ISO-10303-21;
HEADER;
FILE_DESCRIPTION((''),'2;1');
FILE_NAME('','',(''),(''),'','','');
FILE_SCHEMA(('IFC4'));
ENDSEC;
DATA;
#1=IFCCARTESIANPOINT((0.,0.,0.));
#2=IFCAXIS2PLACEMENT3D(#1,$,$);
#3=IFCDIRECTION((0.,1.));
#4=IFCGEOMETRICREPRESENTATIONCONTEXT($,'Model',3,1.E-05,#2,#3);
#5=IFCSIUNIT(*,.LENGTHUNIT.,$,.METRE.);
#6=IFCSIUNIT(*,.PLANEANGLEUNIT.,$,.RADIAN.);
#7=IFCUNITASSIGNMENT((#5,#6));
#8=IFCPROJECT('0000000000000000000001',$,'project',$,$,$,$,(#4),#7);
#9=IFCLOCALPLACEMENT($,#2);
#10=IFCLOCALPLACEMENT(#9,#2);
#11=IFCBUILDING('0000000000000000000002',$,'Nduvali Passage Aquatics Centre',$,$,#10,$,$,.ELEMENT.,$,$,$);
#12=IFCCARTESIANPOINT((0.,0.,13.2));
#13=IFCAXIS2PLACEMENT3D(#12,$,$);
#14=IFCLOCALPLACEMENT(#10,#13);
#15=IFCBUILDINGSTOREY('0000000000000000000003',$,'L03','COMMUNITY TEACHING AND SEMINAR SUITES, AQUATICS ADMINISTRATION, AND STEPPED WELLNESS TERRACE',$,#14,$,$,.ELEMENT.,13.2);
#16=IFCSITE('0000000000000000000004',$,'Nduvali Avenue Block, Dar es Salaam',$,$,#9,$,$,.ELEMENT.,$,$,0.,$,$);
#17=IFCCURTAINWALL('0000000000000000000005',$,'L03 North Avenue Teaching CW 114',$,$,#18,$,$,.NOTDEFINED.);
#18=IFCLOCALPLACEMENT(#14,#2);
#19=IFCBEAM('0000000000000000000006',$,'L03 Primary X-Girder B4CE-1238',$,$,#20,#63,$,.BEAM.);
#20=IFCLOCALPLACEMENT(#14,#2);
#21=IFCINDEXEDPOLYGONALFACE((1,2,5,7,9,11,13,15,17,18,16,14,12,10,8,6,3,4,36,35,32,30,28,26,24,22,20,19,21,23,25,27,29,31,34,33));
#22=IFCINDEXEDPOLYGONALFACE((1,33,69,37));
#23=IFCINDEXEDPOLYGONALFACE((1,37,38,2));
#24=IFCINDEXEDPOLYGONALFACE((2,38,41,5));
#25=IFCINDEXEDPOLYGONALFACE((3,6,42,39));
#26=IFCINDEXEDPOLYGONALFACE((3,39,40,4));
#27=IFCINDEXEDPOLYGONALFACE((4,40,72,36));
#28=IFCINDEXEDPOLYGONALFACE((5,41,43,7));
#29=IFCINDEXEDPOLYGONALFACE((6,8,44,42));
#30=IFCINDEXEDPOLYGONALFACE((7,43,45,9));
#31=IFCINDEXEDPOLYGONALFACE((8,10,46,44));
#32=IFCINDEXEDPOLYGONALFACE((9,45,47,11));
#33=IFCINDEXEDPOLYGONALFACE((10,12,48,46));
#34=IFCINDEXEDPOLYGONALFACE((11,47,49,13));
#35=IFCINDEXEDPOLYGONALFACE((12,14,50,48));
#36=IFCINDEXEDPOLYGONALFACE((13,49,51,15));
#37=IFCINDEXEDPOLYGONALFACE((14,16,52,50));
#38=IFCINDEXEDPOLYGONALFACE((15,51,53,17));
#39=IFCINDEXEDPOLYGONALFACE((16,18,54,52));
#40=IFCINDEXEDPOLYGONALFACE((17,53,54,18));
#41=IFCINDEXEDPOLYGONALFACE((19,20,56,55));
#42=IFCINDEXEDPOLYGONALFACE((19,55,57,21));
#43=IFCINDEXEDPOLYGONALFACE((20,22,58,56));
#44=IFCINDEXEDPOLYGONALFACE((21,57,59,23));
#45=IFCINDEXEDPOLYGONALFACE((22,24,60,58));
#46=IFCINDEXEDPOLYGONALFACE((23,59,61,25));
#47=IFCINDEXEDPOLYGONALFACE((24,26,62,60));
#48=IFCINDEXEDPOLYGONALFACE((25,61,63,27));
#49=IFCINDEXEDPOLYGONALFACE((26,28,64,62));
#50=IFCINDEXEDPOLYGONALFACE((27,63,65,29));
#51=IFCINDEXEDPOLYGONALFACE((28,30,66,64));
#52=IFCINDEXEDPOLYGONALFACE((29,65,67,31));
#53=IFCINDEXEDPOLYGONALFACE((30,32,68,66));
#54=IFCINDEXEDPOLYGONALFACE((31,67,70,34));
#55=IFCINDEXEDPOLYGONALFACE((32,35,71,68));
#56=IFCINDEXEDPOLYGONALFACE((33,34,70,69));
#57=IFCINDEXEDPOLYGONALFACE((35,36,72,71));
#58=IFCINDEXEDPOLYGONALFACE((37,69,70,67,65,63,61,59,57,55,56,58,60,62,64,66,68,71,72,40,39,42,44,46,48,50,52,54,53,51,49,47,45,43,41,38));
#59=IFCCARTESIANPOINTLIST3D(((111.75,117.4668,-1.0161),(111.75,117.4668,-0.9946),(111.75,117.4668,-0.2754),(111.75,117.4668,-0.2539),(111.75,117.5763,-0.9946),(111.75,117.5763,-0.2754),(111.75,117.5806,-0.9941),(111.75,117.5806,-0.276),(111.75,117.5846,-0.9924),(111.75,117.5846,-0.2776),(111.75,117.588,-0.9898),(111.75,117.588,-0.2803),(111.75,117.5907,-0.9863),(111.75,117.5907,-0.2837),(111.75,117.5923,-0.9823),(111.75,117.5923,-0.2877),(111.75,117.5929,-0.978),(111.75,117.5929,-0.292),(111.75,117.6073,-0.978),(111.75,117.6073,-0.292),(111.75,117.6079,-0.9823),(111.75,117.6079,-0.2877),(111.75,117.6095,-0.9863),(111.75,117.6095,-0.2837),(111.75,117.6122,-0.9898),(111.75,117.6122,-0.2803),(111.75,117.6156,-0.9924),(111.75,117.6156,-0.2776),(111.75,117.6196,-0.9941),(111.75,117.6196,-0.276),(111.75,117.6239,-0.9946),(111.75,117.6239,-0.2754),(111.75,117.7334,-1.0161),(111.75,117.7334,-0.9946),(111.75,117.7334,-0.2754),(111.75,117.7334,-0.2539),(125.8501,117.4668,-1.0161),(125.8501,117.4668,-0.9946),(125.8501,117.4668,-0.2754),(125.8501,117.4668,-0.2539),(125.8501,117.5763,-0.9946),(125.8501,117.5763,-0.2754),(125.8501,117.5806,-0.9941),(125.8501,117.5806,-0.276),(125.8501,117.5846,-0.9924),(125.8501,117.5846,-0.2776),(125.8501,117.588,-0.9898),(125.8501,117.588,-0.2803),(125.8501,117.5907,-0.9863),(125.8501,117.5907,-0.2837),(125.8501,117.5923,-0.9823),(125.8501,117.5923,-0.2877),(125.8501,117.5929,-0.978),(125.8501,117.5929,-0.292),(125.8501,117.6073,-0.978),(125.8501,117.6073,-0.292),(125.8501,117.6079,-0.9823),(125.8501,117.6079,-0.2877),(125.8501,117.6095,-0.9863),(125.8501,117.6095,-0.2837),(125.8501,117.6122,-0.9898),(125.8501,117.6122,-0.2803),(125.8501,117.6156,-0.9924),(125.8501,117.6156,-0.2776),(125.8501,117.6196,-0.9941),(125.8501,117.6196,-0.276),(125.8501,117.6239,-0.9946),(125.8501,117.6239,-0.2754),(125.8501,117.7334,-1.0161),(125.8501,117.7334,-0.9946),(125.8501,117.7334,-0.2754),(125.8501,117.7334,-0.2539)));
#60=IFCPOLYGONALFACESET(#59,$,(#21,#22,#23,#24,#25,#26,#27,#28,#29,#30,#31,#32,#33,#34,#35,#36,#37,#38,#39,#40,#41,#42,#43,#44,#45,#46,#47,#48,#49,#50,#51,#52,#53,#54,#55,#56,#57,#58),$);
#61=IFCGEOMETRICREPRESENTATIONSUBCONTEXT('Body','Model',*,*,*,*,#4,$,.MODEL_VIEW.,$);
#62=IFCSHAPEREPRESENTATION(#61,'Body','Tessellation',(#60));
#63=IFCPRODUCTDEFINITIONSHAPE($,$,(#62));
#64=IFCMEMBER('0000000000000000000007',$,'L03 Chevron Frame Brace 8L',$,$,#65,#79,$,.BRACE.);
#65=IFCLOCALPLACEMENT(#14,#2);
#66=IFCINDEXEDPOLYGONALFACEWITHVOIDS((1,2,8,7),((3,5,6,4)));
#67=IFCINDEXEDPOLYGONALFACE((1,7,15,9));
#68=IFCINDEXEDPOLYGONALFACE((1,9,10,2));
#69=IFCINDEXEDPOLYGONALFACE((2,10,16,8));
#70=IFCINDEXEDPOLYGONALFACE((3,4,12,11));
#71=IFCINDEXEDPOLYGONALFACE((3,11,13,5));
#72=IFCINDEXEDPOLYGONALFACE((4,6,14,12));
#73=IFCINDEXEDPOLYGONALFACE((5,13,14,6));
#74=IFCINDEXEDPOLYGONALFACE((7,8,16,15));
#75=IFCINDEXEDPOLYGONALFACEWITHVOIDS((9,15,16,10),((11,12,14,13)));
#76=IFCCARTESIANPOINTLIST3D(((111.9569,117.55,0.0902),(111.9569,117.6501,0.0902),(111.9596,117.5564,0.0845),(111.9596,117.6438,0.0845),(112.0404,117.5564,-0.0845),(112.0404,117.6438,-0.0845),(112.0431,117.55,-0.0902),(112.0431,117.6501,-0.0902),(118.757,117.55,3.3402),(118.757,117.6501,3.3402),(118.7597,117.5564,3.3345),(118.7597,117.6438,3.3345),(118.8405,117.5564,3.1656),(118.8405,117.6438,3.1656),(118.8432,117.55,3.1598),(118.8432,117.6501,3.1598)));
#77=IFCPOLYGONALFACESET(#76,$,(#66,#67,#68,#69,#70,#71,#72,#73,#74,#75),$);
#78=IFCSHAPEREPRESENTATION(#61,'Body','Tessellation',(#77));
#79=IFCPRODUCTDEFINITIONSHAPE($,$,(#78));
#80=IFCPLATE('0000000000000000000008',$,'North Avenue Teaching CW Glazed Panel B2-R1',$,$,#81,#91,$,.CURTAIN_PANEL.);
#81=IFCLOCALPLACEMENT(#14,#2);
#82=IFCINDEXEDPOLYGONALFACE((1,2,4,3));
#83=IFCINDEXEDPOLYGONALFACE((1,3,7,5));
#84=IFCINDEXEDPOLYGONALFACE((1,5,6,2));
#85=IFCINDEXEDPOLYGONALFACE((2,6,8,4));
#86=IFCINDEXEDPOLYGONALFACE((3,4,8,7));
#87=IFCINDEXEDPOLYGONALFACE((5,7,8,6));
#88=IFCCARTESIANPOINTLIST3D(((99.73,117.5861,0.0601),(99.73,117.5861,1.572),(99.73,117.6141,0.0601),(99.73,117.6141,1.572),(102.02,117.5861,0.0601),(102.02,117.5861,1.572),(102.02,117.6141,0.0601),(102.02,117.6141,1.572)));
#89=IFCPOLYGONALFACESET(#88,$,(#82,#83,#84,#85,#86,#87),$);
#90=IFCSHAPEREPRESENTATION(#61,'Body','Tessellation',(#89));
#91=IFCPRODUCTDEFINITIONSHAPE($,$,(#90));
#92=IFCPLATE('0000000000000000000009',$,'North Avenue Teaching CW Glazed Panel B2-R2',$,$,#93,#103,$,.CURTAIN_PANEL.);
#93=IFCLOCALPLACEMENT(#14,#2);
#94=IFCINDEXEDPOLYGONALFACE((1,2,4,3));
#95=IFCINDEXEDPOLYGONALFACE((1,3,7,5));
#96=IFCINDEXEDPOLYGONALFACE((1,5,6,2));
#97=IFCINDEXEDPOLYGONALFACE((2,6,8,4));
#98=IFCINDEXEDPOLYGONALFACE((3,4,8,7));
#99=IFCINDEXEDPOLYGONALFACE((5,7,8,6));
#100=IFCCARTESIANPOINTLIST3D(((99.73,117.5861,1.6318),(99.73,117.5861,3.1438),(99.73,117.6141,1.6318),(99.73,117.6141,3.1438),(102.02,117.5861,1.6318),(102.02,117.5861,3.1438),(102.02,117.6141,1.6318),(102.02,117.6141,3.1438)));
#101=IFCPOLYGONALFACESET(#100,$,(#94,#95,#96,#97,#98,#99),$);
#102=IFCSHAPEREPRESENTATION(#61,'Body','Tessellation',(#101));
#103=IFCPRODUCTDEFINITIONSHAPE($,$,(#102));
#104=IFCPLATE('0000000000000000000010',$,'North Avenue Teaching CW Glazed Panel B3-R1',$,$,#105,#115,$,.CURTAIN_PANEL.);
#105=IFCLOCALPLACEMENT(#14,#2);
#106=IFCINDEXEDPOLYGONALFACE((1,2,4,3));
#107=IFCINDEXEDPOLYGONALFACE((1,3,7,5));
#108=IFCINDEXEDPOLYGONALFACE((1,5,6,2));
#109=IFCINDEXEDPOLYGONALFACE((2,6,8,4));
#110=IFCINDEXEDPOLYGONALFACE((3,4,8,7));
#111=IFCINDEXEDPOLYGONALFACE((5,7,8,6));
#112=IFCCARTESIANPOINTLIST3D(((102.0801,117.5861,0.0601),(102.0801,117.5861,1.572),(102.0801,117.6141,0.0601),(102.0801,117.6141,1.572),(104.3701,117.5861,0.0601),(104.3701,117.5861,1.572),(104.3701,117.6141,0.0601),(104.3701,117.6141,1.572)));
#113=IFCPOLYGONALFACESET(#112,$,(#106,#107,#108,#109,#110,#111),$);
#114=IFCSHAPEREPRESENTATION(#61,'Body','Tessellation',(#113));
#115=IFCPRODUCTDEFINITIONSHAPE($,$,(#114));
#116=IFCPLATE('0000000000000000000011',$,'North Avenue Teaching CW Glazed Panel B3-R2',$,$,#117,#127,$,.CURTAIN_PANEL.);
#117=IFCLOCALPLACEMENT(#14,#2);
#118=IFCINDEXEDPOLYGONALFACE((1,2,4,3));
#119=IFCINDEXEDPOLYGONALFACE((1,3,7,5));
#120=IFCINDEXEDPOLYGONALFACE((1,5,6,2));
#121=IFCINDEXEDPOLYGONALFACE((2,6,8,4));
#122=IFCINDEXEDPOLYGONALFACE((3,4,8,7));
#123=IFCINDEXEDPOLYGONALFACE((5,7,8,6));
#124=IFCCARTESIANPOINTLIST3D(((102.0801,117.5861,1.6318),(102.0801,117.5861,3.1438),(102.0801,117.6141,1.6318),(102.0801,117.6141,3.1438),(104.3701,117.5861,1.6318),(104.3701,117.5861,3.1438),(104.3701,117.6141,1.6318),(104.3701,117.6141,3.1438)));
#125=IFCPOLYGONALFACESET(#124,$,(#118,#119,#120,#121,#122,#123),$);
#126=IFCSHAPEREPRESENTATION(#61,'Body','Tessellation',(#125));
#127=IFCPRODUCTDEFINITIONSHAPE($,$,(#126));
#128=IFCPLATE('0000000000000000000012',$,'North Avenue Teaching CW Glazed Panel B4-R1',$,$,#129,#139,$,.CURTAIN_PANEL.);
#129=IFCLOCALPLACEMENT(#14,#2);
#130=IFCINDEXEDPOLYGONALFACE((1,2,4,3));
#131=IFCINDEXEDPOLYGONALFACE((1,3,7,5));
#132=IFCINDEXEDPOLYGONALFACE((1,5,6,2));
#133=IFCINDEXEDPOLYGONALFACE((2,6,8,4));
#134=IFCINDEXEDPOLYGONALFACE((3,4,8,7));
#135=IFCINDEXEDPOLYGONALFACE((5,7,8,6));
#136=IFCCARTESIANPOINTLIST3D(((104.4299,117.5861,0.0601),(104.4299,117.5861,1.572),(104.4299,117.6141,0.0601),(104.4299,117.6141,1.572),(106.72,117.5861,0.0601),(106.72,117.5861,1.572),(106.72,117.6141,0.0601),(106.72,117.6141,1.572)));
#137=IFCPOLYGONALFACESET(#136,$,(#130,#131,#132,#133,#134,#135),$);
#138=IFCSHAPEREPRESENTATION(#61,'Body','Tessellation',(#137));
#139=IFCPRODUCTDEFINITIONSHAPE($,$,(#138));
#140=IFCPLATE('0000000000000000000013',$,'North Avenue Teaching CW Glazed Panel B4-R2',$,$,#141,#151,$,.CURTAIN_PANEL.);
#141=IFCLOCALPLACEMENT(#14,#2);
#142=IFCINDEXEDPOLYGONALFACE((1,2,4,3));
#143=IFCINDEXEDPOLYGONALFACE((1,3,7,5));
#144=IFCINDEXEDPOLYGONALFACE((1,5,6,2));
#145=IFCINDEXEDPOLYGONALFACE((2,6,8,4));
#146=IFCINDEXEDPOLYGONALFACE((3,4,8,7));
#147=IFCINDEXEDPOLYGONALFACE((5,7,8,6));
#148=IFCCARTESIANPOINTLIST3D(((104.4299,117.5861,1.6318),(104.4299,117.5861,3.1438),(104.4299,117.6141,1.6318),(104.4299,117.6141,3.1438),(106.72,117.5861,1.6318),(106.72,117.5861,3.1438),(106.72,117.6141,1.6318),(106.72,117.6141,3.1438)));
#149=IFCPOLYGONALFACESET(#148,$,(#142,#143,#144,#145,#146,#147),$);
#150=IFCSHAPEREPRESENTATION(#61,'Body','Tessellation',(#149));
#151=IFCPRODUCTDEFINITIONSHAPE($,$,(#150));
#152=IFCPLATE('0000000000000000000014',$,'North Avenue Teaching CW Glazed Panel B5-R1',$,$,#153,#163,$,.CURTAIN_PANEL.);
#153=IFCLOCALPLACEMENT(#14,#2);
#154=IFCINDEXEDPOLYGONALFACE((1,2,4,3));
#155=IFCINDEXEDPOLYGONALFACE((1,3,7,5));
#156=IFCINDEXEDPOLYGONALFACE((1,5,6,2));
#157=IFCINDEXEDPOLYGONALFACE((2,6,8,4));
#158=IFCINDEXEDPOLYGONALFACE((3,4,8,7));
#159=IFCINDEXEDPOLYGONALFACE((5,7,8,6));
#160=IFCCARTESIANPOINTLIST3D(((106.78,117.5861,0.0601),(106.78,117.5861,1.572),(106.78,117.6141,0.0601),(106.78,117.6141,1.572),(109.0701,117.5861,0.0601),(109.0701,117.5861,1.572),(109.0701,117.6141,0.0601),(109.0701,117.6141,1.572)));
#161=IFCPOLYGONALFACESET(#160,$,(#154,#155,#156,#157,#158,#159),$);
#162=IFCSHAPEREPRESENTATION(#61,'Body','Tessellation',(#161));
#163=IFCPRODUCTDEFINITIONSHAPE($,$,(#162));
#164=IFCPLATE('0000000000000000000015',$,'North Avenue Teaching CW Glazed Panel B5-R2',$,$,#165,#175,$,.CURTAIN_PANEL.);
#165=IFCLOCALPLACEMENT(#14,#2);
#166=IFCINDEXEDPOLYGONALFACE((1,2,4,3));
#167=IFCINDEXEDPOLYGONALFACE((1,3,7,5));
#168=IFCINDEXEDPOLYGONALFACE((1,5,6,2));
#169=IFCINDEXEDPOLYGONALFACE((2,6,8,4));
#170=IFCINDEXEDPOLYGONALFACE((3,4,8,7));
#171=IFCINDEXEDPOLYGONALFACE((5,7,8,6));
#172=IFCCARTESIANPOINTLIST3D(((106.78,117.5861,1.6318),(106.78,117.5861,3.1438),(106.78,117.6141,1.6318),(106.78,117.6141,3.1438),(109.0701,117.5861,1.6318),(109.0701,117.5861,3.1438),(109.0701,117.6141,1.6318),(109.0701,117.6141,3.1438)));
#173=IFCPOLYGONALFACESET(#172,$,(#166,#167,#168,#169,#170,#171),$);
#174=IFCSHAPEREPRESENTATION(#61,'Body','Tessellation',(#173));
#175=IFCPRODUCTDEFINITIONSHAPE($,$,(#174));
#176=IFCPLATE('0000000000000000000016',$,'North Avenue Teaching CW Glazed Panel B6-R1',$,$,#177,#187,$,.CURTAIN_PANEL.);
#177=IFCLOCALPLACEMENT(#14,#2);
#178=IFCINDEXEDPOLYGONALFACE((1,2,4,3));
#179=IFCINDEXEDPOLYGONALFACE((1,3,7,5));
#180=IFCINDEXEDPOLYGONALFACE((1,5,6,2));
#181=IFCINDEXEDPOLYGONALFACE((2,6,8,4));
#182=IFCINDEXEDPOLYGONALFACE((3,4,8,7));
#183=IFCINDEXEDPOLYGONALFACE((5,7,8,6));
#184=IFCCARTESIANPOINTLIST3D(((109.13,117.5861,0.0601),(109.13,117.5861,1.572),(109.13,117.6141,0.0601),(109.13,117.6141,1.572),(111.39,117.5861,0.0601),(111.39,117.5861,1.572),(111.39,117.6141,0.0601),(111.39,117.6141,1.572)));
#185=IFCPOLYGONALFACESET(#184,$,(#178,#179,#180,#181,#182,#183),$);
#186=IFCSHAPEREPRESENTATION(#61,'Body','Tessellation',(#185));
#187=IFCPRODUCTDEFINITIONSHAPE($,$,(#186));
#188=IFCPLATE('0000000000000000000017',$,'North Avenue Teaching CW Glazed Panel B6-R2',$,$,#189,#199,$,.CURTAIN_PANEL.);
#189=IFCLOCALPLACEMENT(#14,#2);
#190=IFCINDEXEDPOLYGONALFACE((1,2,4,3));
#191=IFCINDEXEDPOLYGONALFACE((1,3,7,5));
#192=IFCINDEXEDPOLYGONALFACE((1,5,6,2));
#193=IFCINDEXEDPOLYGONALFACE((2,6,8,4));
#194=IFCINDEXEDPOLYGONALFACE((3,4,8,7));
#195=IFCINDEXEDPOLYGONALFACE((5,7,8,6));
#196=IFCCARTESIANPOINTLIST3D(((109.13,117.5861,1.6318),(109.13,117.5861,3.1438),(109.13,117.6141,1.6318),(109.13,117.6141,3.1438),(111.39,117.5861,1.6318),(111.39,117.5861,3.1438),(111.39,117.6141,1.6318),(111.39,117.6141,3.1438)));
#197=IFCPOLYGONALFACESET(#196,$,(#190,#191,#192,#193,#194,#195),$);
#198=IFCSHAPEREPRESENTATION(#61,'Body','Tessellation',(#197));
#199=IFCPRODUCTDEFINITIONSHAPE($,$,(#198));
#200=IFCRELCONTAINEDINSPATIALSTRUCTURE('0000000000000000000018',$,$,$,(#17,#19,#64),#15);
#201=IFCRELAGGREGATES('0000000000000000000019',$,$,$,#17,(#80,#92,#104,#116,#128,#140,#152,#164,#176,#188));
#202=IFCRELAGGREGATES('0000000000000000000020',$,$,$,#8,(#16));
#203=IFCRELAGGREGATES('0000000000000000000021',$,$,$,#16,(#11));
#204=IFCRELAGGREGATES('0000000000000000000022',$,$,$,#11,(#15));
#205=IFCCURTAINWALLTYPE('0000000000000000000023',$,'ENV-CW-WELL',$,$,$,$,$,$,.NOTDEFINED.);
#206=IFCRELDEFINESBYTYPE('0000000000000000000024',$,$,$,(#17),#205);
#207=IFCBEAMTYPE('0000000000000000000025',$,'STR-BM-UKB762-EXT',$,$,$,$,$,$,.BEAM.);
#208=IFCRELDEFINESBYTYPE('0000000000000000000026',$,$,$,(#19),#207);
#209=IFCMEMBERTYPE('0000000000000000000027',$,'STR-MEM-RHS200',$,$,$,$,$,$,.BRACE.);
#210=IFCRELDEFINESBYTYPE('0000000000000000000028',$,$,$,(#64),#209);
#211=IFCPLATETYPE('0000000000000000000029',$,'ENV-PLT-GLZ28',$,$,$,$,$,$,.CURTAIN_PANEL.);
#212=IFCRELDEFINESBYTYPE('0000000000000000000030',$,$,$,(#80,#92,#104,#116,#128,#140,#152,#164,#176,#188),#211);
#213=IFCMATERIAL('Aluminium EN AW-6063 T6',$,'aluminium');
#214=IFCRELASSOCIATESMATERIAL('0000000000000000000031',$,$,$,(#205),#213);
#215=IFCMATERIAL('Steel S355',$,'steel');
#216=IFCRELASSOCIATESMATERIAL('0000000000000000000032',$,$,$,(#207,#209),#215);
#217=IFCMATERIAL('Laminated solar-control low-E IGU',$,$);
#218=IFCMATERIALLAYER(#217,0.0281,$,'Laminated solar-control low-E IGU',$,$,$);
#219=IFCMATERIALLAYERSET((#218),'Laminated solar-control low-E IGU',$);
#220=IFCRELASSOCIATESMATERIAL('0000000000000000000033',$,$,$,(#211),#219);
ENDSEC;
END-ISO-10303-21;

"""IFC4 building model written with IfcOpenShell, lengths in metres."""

from ifc_helpers import new_model, si_unit, direction, frame, origin, origin_2d, place, context, subcontext, project, spatial, rectangle, hollow_rectangle, i_section, extrude, material, layer, layer_set, material_profile, profile_set, type_object, element, aggregate, save


model = new_model("IFC4")

# Units and contexts
model_context = context("Model", 3, precision=1e-05, world=origin(), true_north=direction((0.0, 1.0)))
body_context = subcontext(model_context, "Body", "Model", "MODEL_VIEW")
ifc_project = project(units=[si_unit("LENGTHUNIT", "METRE"), si_unit("PLANEANGLEUNIT", "RADIAN")], contexts=[model_context])

# Site, building, storey
site_placement = place(None, origin())
site = spatial("IfcSite", under=ifc_project, at=site_placement, Name="Nduvali Avenue Block, Dar es Salaam", CompositionType="ELEMENT", RefElevation=0.0)
building_placement = place(site_placement, origin())
building = spatial("IfcBuilding", under=site, at=building_placement, Name="Nduvali Passage Aquatics Centre", CompositionType="ELEMENT")
storey_placement = place(building_placement, frame((0.0, 0.0, 13.2)))
storey = spatial("IfcBuildingStorey", under=building, at=storey_placement, Name="L03", Description="COMMUNITY TEACHING AND SEMINAR SUITES, AQUATICS ADMINISTRATION, AND STEPPED WELLNESS TERRACE", CompositionType="ELEMENT", Elevation=13.2)

# Shared definitions
ifc_material_1 = material(Name="Steel S355", Category="steel")

# Curtain wall
ifc_material_2 = material(Name="Aluminium EN AW-6063 T6", Category="aluminium")
curtain_wall_type = type_object("IfcCurtainWallType", Name="ENV-CW-WELL", PredefinedType="NOTDEFINED", material=ifc_material_2)
curtain_wall_placement = place(storey_placement, origin())
curtain_wall = element("IfcCurtainWall", 1, at=curtain_wall_placement, inside=storey, type_object=curtain_wall_type, Name="L03 North Avenue Teaching CW 114", PredefinedType="NOTDEFINED")

# Beam
ifc_material_profile_1 = material_profile(ifc_material_1, i_section(OverallWidth=0.2666, OverallDepth=0.7622, WebThickness=0.0144, FlangeThickness=0.0215, FilletRadius=0.0166, at=origin_2d()), Name="UKB 762x267x173")
ifc_profile_set_1 = profile_set([ifc_material_profile_1], Name="Steel S355")
beam_type = type_object("IfcBeamType", Name="STR-BM-UKB762-EXT", PredefinedType="BEAM", material=ifc_profile_set_1)
beam_placement = place(storey_placement, frame((111.75, 117.6001, -0.635), z_axis=(1.0, 0.0, 0.0), x_axis=(0.0, 1.0, 0.0)))
element("IfcBeam", 2, at=beam_placement, inside=storey, type_object=beam_type, Name="L03 Primary X-Girder B4CE-1238", PredefinedType="BEAM", context=body_context, shape_type="SweptSolid", body=[
    extrude(i_section(OverallWidth=0.2666, OverallDepth=0.7622, WebThickness=0.0144, FlangeThickness=0.0215, FilletRadius=0.0166, at=origin_2d()), origin(), (0.0, 0.0, 1.0), 14.1001),
])

# Member
ifc_material_profile_2 = material_profile(ifc_material_1, hollow_rectangle(XDim=0.1001, YDim=0.2, WallThickness=0.0063, at=origin_2d()), Name="RHS 200x100x6.3")
ifc_profile_set_2 = profile_set([ifc_material_profile_2], Name="Steel S355")
member_type_1 = type_object("IfcMemberType", Name="STR-MEM-RHS200", PredefinedType="BRACE", material=ifc_profile_set_2)
member_1_placement = place(storey_placement, frame((112.0, 117.6001, 0.0), z_axis=(0.902248, 0.0, 0.431218), x_axis=(0.0, 1.0, 0.0)))
element("IfcMember", 3, at=member_1_placement, inside=storey, type_object=member_type_1, Name="L03 Chevron Frame Brace 8L", PredefinedType="BRACE", context=body_context, shape_type="SweptSolid", body=[
    extrude(hollow_rectangle(XDim=0.1001, YDim=0.2, WallThickness=0.0063, at=origin_2d()), origin(), (0.0, 0.0, 1.0), 7.5369),
])

# Plates
ifc_material_3 = material(Name="Laminated solar-control low-E IGU")
ifc_layer_1 = layer(ifc_material_3, 0.0281, Name="Laminated solar-control low-E IGU")
ifc_layer_set_1 = layer_set([ifc_layer_1], Name="Laminated solar-control low-E IGU")
plate_type_1 = type_object("IfcPlateType", Name="ENV-PLT-GLZ28", PredefinedType="CURTAIN_PANEL", material=ifc_layer_set_1)
plate_1_placement = place(storey_placement, frame((100.875, 117.6001, 0.0601), z_axis=(0.0, 0.0, 1.0), x_axis=(1.0, 0.0, 0.0)))
plate_1 = element("IfcPlate", 4, at=plate_1_placement, type_object=plate_type_1, Name="North Avenue Teaching CW Glazed Panel B2-R1", PredefinedType="CURTAIN_PANEL", context=body_context, shape_type="SweptSolid", body=[
    extrude(rectangle(XDim=2.29, YDim=0.0281, at=origin_2d()), origin(), (0.0, 0.0, 1.0), 1.512),
])
plate_2_placement = place(storey_placement, frame((100.875, 117.6001, 1.6318), z_axis=(0.0, 0.0, 1.0), x_axis=(1.0, 0.0, 0.0)))
plate_2 = element("IfcPlate", 5, at=plate_2_placement, type_object=plate_type_1, Name="North Avenue Teaching CW Glazed Panel B2-R2", PredefinedType="CURTAIN_PANEL", context=body_context, shape_type="SweptSolid", body=[
    extrude(rectangle(XDim=2.29, YDim=0.0281, at=origin_2d()), origin(), (0.0, 0.0, 1.0), 1.512),
])
plate_3_placement = place(storey_placement, frame((103.2251, 117.6001, 0.0601), z_axis=(0.0, 0.0, 1.0), x_axis=(1.0, 0.0, 0.0)))
plate_3 = element("IfcPlate", 6, at=plate_3_placement, type_object=plate_type_1, Name="North Avenue Teaching CW Glazed Panel B3-R1", PredefinedType="CURTAIN_PANEL", context=body_context, shape_type="SweptSolid", body=[
    extrude(rectangle(XDim=2.29, YDim=0.0281, at=origin_2d()), origin(), (0.0, 0.0, 1.0), 1.512),
])
plate_4_placement = place(storey_placement, frame((103.2251, 117.6001, 1.6318), z_axis=(0.0, 0.0, 1.0), x_axis=(1.0, 0.0, 0.0)))
plate_4 = element("IfcPlate", 7, at=plate_4_placement, type_object=plate_type_1, Name="North Avenue Teaching CW Glazed Panel B3-R2", PredefinedType="CURTAIN_PANEL", context=body_context, shape_type="SweptSolid", body=[
    extrude(rectangle(XDim=2.29, YDim=0.0281, at=origin_2d()), origin(), (0.0, 0.0, 1.0), 1.512),
])
plate_5_placement = place(storey_placement, frame((105.575, 117.6001, 0.0601), z_axis=(0.0, 0.0, 1.0), x_axis=(1.0, 0.0, 0.0)))
plate_5 = element("IfcPlate", 8, at=plate_5_placement, type_object=plate_type_1, Name="North Avenue Teaching CW Glazed Panel B4-R1", PredefinedType="CURTAIN_PANEL", context=body_context, shape_type="SweptSolid", body=[
    extrude(rectangle(XDim=2.29, YDim=0.0281, at=origin_2d()), origin(), (0.0, 0.0, 1.0), 1.512),
])
plate_6_placement = place(storey_placement, frame((105.575, 117.6001, 1.6318), z_axis=(0.0, 0.0, 1.0), x_axis=(1.0, 0.0, 0.0)))
plate_6 = element("IfcPlate", 9, at=plate_6_placement, type_object=plate_type_1, Name="North Avenue Teaching CW Glazed Panel B4-R2", PredefinedType="CURTAIN_PANEL", context=body_context, shape_type="SweptSolid", body=[
    extrude(rectangle(XDim=2.29, YDim=0.0281, at=origin_2d()), origin(), (0.0, 0.0, 1.0), 1.512),
])
plate_7_placement = place(storey_placement, frame((107.925, 117.6001, 0.0601), z_axis=(0.0, 0.0, 1.0), x_axis=(1.0, 0.0, 0.0)))
plate_7 = element("IfcPlate", 10, at=plate_7_placement, type_object=plate_type_1, Name="North Avenue Teaching CW Glazed Panel B5-R1", PredefinedType="CURTAIN_PANEL", context=body_context, shape_type="SweptSolid", body=[
    extrude(rectangle(XDim=2.29, YDim=0.0281, at=origin_2d()), origin(), (0.0, 0.0, 1.0), 1.512),
])
plate_8_placement = place(storey_placement, frame((107.925, 117.6001, 1.6318), z_axis=(0.0, 0.0, 1.0), x_axis=(1.0, 0.0, 0.0)))
plate_8 = element("IfcPlate", 11, at=plate_8_placement, type_object=plate_type_1, Name="North Avenue Teaching CW Glazed Panel B5-R2", PredefinedType="CURTAIN_PANEL", context=body_context, shape_type="SweptSolid", body=[
    extrude(rectangle(XDim=2.29, YDim=0.0281, at=origin_2d()), origin(), (0.0, 0.0, 1.0), 1.512),
])
plate_9_placement = place(storey_placement, frame((110.26, 117.6001, 0.0601), z_axis=(0.0, 0.0, 1.0), x_axis=(1.0, 0.0, 0.0)))
plate_9 = element("IfcPlate", 12, at=plate_9_placement, type_object=plate_type_1, Name="North Avenue Teaching CW Glazed Panel B6-R1", PredefinedType="CURTAIN_PANEL", context=body_context, shape_type="SweptSolid", body=[
    extrude(rectangle(XDim=2.26, YDim=0.0281, at=origin_2d()), origin(), (0.0, 0.0, 1.0), 1.512),
])
plate_10_placement = place(storey_placement, frame((110.26, 117.6001, 1.6318), z_axis=(0.0, 0.0, 1.0), x_axis=(1.0, 0.0, 0.0)))
plate_10 = element("IfcPlate", 13, at=plate_10_placement, type_object=plate_type_1, Name="North Avenue Teaching CW Glazed Panel B6-R2", PredefinedType="CURTAIN_PANEL", context=body_context, shape_type="SweptSolid", body=[
    extrude(rectangle(XDim=2.26, YDim=0.0281, at=origin_2d()), origin(), (0.0, 0.0, 1.0), 1.512),
])
aggregate(curtain_wall, [plate_1, plate_2, plate_3, plate_4, plate_5, plate_6, plate_7, plate_8, plate_9, plate_10])

save(model, "model.ifc")
